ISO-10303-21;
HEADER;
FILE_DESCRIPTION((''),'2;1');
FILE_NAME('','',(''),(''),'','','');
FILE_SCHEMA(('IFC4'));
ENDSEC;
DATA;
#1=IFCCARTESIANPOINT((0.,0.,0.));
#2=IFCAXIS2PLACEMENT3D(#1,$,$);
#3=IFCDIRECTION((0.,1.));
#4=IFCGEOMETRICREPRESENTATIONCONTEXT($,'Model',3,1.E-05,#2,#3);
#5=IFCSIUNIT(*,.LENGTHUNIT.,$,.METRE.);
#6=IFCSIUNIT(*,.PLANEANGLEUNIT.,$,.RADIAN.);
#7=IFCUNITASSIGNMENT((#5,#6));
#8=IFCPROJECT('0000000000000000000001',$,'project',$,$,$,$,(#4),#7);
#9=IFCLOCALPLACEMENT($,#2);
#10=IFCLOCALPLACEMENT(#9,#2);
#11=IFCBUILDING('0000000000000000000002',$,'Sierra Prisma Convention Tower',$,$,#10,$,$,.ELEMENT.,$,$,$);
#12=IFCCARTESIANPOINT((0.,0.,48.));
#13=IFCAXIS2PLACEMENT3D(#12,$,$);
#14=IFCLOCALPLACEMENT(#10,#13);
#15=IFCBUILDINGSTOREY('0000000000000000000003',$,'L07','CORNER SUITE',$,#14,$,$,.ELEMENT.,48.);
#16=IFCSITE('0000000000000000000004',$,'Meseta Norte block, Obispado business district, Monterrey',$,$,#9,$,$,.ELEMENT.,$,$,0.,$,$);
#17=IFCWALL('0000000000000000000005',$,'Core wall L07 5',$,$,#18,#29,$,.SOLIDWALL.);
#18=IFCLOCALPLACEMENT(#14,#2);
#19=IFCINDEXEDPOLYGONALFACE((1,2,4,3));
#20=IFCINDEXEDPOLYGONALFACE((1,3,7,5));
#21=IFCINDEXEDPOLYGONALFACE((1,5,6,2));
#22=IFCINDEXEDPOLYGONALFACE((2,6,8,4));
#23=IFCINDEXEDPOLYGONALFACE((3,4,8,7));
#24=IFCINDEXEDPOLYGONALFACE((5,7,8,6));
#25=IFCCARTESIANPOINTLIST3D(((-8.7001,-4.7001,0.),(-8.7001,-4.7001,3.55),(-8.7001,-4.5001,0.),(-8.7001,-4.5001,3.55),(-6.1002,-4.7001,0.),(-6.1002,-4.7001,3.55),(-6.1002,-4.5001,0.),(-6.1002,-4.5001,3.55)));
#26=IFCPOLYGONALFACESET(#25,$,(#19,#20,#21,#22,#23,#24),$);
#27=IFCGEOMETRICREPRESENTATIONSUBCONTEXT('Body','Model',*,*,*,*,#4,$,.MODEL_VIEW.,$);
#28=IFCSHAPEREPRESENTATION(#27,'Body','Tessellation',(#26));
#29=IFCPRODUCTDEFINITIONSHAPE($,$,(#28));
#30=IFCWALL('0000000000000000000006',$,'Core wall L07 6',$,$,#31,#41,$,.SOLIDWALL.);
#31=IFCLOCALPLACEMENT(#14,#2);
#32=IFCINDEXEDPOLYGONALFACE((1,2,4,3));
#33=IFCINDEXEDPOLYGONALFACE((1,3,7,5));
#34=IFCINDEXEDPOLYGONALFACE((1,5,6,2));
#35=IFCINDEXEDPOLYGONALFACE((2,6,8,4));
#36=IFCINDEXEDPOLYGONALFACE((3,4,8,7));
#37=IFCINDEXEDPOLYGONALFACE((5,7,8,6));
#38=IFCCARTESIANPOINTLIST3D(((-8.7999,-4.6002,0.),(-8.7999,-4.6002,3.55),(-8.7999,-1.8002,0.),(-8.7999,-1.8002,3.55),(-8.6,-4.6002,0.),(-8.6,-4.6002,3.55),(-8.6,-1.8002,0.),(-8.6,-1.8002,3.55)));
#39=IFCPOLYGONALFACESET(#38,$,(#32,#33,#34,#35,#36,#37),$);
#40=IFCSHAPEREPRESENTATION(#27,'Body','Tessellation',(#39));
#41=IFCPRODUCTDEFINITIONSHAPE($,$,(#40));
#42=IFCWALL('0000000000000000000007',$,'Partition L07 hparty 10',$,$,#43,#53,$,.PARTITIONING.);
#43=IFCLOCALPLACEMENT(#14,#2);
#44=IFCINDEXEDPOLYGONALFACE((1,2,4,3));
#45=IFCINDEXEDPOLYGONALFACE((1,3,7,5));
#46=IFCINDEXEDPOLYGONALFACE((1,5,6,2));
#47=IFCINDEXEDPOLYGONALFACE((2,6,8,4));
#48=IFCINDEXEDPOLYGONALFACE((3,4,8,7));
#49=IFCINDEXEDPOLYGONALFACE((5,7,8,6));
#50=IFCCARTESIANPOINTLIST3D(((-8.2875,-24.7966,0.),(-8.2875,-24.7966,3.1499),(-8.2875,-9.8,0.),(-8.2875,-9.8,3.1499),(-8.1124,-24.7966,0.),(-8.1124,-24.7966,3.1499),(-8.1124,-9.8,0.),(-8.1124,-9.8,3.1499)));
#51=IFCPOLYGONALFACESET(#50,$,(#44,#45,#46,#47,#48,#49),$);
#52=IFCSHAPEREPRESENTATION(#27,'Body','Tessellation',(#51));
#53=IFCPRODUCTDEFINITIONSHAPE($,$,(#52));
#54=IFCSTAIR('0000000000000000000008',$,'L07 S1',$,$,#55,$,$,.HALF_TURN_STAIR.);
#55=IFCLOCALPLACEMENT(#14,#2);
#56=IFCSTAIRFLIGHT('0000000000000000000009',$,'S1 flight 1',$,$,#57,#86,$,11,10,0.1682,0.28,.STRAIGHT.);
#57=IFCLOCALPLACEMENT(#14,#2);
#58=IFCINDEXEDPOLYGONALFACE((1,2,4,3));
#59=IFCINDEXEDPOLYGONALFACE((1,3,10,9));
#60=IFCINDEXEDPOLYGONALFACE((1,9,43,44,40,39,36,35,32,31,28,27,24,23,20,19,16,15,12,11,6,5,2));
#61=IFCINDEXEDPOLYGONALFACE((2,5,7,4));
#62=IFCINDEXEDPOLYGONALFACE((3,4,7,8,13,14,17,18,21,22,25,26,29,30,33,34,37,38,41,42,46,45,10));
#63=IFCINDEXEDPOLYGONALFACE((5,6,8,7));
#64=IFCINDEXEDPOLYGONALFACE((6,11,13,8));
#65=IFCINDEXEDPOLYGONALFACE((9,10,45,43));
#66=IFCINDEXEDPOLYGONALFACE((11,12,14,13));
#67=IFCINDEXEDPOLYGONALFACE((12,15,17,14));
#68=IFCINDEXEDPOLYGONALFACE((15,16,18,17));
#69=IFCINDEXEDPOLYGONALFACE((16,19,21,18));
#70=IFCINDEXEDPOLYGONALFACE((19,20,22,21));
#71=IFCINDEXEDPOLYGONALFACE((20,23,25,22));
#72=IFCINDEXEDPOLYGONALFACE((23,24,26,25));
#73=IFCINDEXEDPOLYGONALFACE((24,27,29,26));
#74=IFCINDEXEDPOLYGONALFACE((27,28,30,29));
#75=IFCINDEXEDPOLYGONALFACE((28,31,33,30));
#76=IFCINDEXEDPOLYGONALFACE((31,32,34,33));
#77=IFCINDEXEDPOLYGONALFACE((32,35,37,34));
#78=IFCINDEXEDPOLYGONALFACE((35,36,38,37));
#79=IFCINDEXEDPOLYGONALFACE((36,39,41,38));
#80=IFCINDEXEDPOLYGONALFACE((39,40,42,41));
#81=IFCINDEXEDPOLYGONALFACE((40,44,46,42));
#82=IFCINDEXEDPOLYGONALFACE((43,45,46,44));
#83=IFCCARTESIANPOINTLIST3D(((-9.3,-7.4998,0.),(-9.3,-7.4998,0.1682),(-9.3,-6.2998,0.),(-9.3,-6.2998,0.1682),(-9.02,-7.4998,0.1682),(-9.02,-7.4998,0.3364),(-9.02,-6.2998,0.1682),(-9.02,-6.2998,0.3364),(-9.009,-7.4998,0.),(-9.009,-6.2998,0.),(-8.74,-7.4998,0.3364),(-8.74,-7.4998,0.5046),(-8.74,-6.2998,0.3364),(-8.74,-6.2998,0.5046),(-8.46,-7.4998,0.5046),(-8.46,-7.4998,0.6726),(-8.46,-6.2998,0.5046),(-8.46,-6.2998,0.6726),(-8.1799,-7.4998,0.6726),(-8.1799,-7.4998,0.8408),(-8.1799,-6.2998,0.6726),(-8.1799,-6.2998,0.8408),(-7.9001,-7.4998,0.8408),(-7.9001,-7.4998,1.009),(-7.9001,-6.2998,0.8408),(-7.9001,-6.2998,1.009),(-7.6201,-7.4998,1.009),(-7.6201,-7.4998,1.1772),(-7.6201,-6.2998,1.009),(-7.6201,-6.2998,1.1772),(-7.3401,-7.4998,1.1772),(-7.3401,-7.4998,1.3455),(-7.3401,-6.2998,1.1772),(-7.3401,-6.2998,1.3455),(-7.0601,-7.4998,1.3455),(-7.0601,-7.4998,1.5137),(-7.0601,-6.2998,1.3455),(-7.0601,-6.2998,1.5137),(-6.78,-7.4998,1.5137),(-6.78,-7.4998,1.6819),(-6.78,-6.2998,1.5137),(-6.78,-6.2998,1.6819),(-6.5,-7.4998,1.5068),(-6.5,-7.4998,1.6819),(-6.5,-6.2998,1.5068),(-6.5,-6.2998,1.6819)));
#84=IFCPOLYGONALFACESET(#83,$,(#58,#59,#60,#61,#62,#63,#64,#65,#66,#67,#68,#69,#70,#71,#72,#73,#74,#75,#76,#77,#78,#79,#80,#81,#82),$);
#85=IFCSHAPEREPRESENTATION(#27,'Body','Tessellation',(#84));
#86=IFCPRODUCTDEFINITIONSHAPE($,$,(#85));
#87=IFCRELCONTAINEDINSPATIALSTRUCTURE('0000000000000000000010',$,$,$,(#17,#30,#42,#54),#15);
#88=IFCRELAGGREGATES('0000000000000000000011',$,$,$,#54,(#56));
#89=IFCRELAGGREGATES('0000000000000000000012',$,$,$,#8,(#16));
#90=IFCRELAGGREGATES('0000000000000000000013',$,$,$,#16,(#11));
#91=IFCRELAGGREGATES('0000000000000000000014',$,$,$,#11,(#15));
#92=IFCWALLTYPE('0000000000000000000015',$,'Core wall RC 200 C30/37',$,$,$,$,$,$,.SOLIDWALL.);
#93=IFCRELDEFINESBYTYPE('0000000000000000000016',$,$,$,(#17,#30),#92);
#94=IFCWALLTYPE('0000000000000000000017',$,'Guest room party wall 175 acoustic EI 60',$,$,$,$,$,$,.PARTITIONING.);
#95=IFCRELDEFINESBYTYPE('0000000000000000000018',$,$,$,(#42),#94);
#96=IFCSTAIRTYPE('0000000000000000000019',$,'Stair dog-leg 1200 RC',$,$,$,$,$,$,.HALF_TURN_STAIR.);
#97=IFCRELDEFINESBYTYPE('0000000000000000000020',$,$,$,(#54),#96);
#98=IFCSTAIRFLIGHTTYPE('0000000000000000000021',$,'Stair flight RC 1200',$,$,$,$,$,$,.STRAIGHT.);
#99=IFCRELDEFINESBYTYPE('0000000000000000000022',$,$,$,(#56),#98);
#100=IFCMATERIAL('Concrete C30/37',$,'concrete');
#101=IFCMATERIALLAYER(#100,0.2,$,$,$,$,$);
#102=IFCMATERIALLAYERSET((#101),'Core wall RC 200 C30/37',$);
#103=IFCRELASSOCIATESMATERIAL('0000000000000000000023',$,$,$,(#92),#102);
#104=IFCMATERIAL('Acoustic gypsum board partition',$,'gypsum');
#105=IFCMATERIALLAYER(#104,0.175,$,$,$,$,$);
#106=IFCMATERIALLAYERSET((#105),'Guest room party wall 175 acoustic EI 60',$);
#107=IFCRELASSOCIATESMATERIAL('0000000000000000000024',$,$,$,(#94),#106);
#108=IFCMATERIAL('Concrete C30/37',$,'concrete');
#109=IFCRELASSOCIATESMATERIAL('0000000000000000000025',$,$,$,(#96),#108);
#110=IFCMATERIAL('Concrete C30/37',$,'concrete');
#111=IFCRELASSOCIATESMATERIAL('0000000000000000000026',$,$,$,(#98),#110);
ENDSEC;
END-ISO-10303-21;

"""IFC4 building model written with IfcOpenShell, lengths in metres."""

from ifc_helpers import new_model, si_unit, direction, frame, frame_2d, origin, place, context, subcontext, project, spatial, polyline, rectangle, outline, extrude, material, layer, layer_set, type_object, element, aggregate, save


model = new_model("IFC4")

# Units and contexts
model_context = context("Model", 3, precision=1e-05, world=origin(), true_north=direction((0.0, 1.0)))
body_context = subcontext(model_context, "Body", "Model", "MODEL_VIEW")
ifc_project = project(units=[si_unit("LENGTHUNIT", "METRE"), si_unit("PLANEANGLEUNIT", "RADIAN")], contexts=[model_context])

# Site, building, storey
site_placement = place(None, origin())
site = spatial("IfcSite", under=ifc_project, at=site_placement, Name="Meseta Norte block, Obispado business district, Monterrey", CompositionType="ELEMENT", RefElevation=0.0)
building_placement = place(site_placement, origin())
building = spatial("IfcBuilding", under=site, at=building_placement, Name="Sierra Prisma Convention Tower", CompositionType="ELEMENT")
storey_placement = place(building_placement, frame((0.0, 0.0, 48.0)))
storey = spatial("IfcBuildingStorey", under=building, at=storey_placement, Name="L07", Description="CORNER SUITE", CompositionType="ELEMENT", Elevation=48.0)

# Shared definitions
ifc_material_1 = material(Name="Concrete C30/37", Category="concrete")
ifc_layer_1 = layer(ifc_material_1, 0.2)
ifc_layer_set_1 = layer_set([ifc_layer_1], Name="Core wall RC 200 C30/37")
wall_type_1 = type_object("IfcWallType", Name="Core wall RC 200 C30/37", PredefinedType="SOLIDWALL", material=ifc_layer_set_1)

# Walls
wall_1_placement = place(storey_placement, frame((-8.7, -4.6001, 0.0), z_axis=(0.0, 0.0, 1.0), x_axis=(1.0, 0.0, 0.0)))
element("IfcWall", 1, at=wall_1_placement, inside=storey, type_object=wall_type_1, Name="Core wall L07 5", PredefinedType="SOLIDWALL", context=body_context, shape_type="SweptSolid", body=[
    extrude(rectangle(XDim=2.5999, YDim=0.2, at=frame_2d((1.2998, 0.0))), origin(), (0.0, 0.0, 1.0), 3.55),
])
wall_2_placement = place(storey_placement, frame((-8.7, -4.6001, 0.0), z_axis=(0.0, 0.0, 1.0), x_axis=(0.0, 1.0, 0.0)))
element("IfcWall", 2, at=wall_2_placement, inside=storey, type_object=wall_type_1, Name="Core wall L07 6", PredefinedType="SOLIDWALL", context=body_context, shape_type="SweptSolid", body=[
    extrude(rectangle(XDim=2.8, YDim=0.2, at=frame_2d((1.3999, 0.0))), origin(), (0.0, 0.0, 1.0), 3.55),
])

# Wall
ifc_material_2 = material(Name="Acoustic gypsum board partition", Category="gypsum")
ifc_layer_2 = layer(ifc_material_2, 0.175)
ifc_layer_set_2 = layer_set([ifc_layer_2], Name="Guest room party wall 175 acoustic EI 60")
wall_type_2 = type_object("IfcWallType", Name="Guest room party wall 175 acoustic EI 60", PredefinedType="PARTITIONING", material=ifc_layer_set_2)
wall_3_placement = place(storey_placement, frame((-8.2, -9.8, 0.0), z_axis=(0.0, 0.0, 1.0), x_axis=(0.0, -1.0, 0.0)))
element("IfcWall", 3, at=wall_3_placement, inside=storey, type_object=wall_type_2, Name="Partition L07 hparty 10", PredefinedType="PARTITIONING", context=body_context, shape_type="SweptSolid", body=[
    extrude(rectangle(XDim=14.9966, YDim=0.175, at=frame_2d((7.4983, 0.0))), origin(), (0.0, 0.0, 1.0), 3.1499),
])

# Stair, stair flight
ifc_material_3 = material(Name="Concrete C30/37", Category="concrete")
stair_type = type_object("IfcStairType", Name="Stair dog-leg 1200 RC", PredefinedType="HALF_TURN_STAIR", material=ifc_material_3)
stair_placement = place(storey_placement, origin())
stair = element("IfcStair", 4, at=stair_placement, inside=storey, type_object=stair_type, Name="L07 S1", PredefinedType="HALF_TURN_STAIR")
ifc_material_4 = material(Name="Concrete C30/37", Category="concrete")
stair_flight_type = type_object("IfcStairFlightType", Name="Stair flight RC 1200", PredefinedType="STRAIGHT", material=ifc_material_4)
stair_flight_placement = place(storey_placement, frame((-9.3, -6.8999, 0.0), z_axis=(0.0, 0.0, 1.0), x_axis=(1.0, 0.0, 0.0)))
stair_flight = element("IfcStairFlight", 5, at=stair_flight_placement, type_object=stair_flight_type, Name="S1 flight 1", NumberOfRisers=11, NumberOfTreads=10, PredefinedType="STRAIGHT", RiserHeight=0.1682, TreadLength=0.28, context=body_context, shape_type="SweptSolid", body=[
    extrude(outline(polyline([(0.0, 0.0), (0.0, 0.1682), (0.28, 0.1682), (0.28, 0.3364), (0.5601, 0.3364), (0.5601, 0.5046), (0.8401, 0.5046), (0.8401, 0.6726), (1.1201, 0.6726), (1.1201, 0.8408), (1.3999, 0.8408), (1.3999, 1.009), (1.6799, 1.009), (1.6799, 1.1772), (1.96, 1.1772), (1.96, 1.3455), (2.24, 1.3455), (2.24, 1.5137), (2.52, 1.5137), (2.52, 1.6819), (2.8, 1.6819), (2.8, 1.8501), (2.8, 1.5068), (0.291, 0.0), (0.0, 0.0)])), frame((0.0, 0.6001, 0.0), z_axis=(0.0, -1.0, 0.0), x_axis=(1.0, 0.0, 0.0)), (0.0, 0.0, 1.0), 1.2),
])
aggregate(stair, [stair_flight])

save(model, "model.ifc")
